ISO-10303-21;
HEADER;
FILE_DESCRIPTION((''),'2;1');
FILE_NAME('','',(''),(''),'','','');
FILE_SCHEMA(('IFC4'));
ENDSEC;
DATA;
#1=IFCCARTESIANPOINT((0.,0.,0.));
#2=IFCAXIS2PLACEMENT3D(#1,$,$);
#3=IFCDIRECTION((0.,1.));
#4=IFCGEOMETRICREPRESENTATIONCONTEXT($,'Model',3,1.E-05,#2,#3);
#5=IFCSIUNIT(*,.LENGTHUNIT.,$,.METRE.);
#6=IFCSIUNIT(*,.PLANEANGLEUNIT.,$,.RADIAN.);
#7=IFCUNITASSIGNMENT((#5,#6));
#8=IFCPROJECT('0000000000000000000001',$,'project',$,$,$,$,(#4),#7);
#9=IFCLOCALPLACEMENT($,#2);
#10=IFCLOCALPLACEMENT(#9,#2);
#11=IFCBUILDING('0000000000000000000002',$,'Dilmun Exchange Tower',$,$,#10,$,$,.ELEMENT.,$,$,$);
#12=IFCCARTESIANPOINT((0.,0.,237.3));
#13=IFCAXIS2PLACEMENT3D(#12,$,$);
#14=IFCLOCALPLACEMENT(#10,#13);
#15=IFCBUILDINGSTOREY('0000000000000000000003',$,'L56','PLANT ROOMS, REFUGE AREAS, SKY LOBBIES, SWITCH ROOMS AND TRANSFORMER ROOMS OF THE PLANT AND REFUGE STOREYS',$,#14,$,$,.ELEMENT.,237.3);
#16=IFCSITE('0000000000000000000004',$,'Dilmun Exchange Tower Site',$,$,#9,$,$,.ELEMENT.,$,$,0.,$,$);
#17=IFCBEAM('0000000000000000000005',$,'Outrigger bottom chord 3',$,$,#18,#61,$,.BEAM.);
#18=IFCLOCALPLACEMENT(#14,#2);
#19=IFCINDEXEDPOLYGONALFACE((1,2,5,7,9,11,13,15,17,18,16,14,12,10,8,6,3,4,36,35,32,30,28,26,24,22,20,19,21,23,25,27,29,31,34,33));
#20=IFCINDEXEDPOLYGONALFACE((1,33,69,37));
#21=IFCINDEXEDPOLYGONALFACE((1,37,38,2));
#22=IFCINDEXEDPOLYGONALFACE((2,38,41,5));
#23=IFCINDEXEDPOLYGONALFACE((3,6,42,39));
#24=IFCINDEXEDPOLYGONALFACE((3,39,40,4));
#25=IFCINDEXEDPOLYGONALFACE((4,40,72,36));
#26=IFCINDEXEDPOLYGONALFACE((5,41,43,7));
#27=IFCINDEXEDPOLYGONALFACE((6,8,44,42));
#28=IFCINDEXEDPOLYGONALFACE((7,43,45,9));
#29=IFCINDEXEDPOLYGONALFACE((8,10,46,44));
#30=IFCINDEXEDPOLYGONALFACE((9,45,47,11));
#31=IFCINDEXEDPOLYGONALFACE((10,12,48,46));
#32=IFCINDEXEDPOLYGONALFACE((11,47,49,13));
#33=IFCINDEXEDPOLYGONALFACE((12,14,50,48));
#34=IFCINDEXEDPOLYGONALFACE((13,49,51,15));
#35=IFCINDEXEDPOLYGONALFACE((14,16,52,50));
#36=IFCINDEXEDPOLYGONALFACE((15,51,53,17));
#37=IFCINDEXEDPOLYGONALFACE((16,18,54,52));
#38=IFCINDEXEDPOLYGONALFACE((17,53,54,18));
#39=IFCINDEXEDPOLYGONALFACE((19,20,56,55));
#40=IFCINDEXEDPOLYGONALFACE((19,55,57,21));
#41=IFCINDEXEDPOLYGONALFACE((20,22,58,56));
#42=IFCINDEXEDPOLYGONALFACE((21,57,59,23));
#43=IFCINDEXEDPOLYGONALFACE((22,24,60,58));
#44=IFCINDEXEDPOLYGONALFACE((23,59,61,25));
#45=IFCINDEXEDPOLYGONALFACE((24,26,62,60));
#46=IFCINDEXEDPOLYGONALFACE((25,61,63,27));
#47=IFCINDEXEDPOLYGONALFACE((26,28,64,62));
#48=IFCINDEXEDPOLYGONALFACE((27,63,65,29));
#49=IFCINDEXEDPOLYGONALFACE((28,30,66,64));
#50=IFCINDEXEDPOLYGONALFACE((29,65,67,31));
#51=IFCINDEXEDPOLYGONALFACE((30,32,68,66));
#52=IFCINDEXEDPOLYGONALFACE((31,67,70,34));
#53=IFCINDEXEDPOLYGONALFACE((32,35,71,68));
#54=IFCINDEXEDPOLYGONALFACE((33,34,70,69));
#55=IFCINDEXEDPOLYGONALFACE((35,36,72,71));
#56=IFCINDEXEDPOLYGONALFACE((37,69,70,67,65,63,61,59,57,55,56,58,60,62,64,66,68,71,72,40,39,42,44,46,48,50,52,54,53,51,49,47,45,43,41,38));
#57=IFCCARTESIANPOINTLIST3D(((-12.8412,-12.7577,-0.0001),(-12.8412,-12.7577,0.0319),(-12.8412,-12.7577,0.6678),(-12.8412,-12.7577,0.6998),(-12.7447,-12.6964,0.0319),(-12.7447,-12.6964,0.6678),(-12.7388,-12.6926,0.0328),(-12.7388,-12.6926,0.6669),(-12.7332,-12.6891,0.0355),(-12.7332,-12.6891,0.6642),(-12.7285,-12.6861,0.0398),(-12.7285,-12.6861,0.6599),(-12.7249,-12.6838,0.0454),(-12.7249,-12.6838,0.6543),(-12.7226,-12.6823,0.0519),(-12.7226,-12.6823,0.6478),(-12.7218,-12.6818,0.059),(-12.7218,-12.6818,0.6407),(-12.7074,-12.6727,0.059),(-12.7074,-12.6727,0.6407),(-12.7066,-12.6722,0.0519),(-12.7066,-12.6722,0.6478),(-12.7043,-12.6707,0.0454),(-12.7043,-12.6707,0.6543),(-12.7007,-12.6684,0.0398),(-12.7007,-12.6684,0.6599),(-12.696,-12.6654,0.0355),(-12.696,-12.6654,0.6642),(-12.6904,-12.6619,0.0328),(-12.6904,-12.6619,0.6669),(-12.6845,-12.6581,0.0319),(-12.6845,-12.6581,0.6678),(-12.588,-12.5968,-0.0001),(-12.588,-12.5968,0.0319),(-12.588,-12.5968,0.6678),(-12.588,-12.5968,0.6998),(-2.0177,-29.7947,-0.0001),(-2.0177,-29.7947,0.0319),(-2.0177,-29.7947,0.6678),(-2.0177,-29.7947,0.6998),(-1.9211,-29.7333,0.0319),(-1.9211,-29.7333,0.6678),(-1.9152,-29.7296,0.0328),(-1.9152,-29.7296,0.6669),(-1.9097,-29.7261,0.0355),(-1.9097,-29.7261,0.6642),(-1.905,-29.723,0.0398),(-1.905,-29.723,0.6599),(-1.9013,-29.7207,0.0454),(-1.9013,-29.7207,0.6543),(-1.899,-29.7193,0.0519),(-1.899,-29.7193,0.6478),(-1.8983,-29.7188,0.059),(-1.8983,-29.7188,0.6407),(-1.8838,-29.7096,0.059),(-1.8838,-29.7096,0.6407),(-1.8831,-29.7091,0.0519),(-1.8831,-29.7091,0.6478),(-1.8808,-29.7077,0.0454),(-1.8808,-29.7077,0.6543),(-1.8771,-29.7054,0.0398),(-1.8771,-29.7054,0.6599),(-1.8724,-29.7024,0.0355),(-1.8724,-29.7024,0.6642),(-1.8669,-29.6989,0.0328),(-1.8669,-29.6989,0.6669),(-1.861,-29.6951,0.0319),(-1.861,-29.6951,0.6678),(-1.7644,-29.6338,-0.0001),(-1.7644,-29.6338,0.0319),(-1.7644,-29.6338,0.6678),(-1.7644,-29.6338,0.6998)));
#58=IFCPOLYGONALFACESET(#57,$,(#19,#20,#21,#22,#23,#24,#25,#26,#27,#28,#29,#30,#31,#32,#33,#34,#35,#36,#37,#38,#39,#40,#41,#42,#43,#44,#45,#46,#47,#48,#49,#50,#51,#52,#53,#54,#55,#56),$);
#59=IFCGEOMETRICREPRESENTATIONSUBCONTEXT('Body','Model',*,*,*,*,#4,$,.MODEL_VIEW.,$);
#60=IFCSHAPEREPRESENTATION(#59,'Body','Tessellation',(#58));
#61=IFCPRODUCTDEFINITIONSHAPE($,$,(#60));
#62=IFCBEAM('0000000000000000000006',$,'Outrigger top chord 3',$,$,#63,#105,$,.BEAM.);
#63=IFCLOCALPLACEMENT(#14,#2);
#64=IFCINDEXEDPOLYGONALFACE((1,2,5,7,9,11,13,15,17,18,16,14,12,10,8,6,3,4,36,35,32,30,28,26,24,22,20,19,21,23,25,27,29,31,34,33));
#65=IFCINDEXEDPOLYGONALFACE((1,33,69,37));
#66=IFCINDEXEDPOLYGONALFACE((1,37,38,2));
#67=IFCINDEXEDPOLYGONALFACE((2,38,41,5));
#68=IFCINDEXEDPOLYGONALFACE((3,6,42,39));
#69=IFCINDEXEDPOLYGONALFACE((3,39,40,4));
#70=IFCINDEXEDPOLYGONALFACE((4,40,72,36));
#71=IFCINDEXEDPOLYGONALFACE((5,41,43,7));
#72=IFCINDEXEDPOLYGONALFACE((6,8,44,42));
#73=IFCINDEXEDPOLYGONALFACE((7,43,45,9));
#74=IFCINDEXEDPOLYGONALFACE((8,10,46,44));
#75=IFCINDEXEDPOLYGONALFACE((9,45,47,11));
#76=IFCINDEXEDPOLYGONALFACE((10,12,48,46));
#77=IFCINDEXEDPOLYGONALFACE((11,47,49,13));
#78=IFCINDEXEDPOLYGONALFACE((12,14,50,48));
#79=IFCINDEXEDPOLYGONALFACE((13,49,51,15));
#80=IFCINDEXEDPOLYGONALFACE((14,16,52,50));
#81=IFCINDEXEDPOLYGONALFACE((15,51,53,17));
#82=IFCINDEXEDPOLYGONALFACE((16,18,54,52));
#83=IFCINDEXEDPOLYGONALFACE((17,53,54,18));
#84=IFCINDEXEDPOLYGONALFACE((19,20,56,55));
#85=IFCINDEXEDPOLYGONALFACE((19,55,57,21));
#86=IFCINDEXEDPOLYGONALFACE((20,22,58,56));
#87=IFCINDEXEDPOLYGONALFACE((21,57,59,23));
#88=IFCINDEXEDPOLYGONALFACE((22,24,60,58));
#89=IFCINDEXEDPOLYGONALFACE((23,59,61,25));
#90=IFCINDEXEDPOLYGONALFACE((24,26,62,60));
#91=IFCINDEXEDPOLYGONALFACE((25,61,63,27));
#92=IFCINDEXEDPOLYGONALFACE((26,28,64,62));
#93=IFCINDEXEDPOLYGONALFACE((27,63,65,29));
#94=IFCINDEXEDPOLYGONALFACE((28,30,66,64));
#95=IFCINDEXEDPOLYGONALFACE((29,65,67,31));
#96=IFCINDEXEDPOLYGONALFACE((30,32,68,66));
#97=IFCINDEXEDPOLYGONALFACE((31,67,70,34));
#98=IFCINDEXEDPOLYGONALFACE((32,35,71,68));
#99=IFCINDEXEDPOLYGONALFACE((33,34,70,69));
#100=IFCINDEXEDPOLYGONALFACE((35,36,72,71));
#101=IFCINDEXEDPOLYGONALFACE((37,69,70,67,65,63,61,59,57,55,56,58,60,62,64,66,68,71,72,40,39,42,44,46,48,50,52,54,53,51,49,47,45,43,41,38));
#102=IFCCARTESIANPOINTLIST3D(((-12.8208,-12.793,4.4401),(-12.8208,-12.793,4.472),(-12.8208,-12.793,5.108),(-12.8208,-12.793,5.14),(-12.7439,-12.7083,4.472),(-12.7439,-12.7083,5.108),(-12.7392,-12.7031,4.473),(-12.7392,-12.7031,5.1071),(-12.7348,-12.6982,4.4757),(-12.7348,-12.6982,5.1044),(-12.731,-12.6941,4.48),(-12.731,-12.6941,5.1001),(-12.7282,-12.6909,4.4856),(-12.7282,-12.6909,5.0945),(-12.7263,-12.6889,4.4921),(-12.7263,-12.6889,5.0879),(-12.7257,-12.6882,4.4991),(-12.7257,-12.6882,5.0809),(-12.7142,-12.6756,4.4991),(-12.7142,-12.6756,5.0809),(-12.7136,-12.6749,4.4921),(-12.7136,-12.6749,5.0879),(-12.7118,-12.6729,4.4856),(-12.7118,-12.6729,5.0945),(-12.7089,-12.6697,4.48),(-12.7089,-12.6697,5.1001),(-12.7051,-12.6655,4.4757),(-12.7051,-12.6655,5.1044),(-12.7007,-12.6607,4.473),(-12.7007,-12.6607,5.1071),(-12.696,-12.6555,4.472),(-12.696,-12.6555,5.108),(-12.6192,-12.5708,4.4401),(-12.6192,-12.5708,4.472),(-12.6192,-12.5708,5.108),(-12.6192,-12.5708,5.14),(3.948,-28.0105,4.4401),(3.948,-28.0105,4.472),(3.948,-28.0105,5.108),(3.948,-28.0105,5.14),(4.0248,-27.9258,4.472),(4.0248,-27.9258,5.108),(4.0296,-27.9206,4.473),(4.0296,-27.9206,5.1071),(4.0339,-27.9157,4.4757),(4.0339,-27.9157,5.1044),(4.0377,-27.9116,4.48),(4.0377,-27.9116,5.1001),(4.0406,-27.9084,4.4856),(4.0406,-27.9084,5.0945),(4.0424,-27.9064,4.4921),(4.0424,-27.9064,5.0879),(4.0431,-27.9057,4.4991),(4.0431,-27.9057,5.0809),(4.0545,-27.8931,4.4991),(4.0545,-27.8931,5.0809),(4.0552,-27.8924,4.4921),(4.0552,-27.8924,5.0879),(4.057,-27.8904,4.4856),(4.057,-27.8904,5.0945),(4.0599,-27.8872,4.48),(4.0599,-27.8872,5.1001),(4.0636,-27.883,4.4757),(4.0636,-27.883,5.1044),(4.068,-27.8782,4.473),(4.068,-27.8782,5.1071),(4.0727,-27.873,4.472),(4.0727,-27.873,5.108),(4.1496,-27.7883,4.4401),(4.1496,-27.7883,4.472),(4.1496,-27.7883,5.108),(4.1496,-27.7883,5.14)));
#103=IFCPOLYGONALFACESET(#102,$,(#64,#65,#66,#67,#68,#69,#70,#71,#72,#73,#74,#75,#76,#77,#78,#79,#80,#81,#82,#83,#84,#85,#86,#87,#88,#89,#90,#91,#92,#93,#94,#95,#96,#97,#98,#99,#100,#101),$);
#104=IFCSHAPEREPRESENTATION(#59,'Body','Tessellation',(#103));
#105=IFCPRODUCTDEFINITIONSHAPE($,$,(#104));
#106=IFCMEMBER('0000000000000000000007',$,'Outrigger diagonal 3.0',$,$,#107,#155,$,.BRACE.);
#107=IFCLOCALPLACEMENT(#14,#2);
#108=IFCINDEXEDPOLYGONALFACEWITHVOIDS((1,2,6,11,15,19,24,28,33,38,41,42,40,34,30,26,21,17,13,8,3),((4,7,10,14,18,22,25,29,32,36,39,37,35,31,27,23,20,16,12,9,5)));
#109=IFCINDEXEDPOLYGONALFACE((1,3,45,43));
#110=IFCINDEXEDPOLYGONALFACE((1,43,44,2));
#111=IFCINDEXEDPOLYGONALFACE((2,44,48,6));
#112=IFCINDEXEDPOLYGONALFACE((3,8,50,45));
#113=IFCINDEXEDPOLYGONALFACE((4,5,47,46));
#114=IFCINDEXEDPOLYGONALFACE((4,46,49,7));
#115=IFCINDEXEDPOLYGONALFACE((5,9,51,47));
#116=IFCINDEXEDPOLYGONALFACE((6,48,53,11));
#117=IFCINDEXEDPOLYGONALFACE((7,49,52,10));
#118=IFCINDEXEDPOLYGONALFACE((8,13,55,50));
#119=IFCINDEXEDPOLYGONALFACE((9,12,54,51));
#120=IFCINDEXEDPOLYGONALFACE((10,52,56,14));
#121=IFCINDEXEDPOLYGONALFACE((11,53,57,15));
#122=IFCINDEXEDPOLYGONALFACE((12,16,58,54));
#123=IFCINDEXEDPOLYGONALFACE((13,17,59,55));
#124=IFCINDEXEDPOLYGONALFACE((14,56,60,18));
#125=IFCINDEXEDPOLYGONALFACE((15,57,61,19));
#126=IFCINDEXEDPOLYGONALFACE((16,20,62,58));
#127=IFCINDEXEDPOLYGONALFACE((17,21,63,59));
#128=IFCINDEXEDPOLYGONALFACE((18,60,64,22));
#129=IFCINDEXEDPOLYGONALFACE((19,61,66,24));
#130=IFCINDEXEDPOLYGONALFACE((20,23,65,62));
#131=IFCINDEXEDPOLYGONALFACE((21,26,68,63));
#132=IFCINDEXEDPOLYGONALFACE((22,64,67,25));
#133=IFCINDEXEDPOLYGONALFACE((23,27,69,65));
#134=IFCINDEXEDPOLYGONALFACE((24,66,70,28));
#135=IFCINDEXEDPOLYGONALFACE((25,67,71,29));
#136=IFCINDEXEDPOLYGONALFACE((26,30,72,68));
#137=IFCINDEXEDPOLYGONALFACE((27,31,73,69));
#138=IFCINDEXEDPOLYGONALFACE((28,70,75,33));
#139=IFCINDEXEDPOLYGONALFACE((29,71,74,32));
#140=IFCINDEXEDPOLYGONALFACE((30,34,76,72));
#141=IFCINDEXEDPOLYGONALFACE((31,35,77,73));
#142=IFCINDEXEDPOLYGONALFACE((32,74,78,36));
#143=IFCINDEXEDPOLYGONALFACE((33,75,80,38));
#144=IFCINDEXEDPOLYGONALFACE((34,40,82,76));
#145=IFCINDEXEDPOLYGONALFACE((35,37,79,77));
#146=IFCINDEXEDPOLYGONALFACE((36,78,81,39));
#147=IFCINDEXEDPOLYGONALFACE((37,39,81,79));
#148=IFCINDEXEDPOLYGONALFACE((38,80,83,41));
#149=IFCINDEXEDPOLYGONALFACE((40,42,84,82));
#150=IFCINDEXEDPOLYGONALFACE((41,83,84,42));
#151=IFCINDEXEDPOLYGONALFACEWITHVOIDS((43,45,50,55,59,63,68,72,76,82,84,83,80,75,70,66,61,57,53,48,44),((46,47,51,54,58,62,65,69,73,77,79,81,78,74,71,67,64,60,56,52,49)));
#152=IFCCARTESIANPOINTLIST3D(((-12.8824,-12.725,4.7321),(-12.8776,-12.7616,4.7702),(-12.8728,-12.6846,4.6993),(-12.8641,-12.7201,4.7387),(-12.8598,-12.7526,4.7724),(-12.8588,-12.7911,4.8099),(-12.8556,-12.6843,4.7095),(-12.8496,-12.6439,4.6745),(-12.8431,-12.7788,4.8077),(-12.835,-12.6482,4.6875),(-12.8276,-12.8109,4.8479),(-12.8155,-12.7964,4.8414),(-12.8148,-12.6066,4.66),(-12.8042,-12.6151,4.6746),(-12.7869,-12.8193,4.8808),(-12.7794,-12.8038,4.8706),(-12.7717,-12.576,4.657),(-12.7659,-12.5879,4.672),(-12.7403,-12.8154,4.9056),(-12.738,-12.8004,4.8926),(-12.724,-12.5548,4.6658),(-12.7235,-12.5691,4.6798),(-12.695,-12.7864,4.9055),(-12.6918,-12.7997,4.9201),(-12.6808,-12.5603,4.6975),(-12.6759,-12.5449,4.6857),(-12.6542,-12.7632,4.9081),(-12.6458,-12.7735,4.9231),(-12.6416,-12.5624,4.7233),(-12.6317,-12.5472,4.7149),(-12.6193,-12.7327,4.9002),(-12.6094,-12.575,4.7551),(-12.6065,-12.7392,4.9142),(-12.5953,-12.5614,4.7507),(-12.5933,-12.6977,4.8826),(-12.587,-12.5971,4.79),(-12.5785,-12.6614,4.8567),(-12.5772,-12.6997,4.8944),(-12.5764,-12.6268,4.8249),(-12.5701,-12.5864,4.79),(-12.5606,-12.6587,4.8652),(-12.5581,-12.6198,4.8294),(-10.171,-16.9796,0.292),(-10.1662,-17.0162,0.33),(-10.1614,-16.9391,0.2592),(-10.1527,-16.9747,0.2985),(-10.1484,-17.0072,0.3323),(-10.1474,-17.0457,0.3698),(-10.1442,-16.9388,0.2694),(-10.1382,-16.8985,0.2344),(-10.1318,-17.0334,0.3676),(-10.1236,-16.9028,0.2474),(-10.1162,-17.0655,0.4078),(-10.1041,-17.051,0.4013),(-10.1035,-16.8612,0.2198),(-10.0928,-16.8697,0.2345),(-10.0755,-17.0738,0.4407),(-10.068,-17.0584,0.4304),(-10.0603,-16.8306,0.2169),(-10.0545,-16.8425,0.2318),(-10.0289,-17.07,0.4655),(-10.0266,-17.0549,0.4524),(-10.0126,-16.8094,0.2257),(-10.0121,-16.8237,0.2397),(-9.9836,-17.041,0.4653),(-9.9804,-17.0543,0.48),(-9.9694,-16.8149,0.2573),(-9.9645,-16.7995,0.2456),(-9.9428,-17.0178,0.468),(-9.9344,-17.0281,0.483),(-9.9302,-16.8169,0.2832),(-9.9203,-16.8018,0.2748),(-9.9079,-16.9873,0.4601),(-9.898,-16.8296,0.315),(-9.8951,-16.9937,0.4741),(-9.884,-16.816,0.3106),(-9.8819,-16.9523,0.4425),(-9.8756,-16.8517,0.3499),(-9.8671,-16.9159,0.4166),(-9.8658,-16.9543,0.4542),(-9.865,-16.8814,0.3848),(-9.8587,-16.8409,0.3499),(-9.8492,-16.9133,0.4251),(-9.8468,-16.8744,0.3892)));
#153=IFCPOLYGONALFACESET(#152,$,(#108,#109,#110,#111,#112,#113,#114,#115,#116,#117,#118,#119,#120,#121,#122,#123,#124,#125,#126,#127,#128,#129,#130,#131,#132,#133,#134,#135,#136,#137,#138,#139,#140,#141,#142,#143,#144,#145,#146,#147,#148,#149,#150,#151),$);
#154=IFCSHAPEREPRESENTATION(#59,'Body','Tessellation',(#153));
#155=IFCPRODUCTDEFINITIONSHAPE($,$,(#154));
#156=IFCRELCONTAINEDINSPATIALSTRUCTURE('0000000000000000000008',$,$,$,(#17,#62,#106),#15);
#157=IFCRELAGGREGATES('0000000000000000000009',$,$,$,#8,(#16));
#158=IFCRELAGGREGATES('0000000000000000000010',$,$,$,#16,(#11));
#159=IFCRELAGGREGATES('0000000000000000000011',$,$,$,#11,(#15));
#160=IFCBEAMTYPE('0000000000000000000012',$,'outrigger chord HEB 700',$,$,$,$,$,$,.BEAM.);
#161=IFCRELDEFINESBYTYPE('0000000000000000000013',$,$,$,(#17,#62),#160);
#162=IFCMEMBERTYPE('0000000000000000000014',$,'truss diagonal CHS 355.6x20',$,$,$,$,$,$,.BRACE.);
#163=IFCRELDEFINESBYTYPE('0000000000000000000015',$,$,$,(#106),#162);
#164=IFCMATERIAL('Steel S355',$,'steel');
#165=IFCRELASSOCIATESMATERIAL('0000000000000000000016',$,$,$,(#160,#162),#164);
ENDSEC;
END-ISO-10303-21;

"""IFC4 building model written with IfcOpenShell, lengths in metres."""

from ifc_helpers import new_model, si_unit, direction, frame, origin, origin_2d, place, context, subcontext, project, spatial, hollow_circle, i_section, extrude, material, material_profile, profile_set, type_object, element, save


model = new_model("IFC4")

# Units and contexts
model_context = context("Model", 3, precision=1e-05, world=origin(), true_north=direction((0.0, 1.0)))
body_context = subcontext(model_context, "Body", "Model", "MODEL_VIEW")
ifc_project = project(units=[si_unit("LENGTHUNIT", "METRE"), si_unit("PLANEANGLEUNIT", "RADIAN")], contexts=[model_context])

# Site, building, storey
site_placement = place(None, origin())
site = spatial("IfcSite", under=ifc_project, at=site_placement, Name="Dilmun Exchange Tower Site", CompositionType="ELEMENT", RefElevation=0.0)
building_placement = place(site_placement, origin())
building = spatial("IfcBuilding", under=site, at=building_placement, Name="Dilmun Exchange Tower", CompositionType="ELEMENT")
storey_placement = place(building_placement, frame((0.0, 0.0, 237.3)))
storey = spatial("IfcBuildingStorey", under=building, at=storey_placement, Name="L56", Description="PLANT ROOMS, REFUGE AREAS, SKY LOBBIES, SWITCH ROOMS AND TRANSFORMER ROOMS OF THE PLANT AND REFUGE STOREYS", CompositionType="ELEMENT", Elevation=237.3)

# Beams
ifc_material_1 = material(Name="Steel S355", Category="steel")
ifc_material_profile_1 = material_profile(ifc_material_1, i_section(OverallWidth=0.3, OverallDepth=0.7, WebThickness=0.0171, FlangeThickness=0.032, FilletRadius=0.0271, at=origin_2d()), Name="HEB 700")
ifc_profile_set_1 = profile_set([ifc_material_profile_1], Name="Steel S355")
beam_type = type_object("IfcBeamType", Name="outrigger chord HEB 700", PredefinedType="BEAM", material=ifc_profile_set_1)
beam_1_placement = place(storey_placement, frame((-12.7146, -12.6772, 0.3499), z_axis=(0.536235, -0.844069, 0.0), x_axis=(0.844069, 0.536235, 0.0)))
element("IfcBeam", 1, at=beam_1_placement, inside=storey, type_object=beam_type, Name="Outrigger bottom chord 3", PredefinedType="BEAM", context=body_context, shape_type="SweptSolid", body=[
    extrude(i_section(OverallWidth=0.3, OverallDepth=0.7, WebThickness=0.0171, FlangeThickness=0.032, FilletRadius=0.0271, at=origin_2d()), origin(), (0.0, 0.0, 1.0), 20.1843),
])
beam_2_placement = place(storey_placement, frame((-12.72, -12.6819, 4.79), z_axis=(0.74053, -0.672024, 0.0), x_axis=(0.672024, 0.74053, 0.0)))
element("IfcBeam", 2, at=beam_2_placement, inside=storey, type_object=beam_type, Name="Outrigger top chord 3", PredefinedType="BEAM", context=body_context, shape_type="SweptSolid", body=[
    extrude(i_section(OverallWidth=0.3, OverallDepth=0.7, WebThickness=0.0171, FlangeThickness=0.032, FilletRadius=0.0271, at=origin_2d()), origin(), (0.0, 0.0, 1.0), 22.6443),
])

# Member
ifc_material_profile_2 = material_profile(ifc_material_1, hollow_circle(Radius=0.1777, WallThickness=0.02, at=origin_2d()), Name="CHS 355.6x20")
ifc_profile_set_2 = profile_set([ifc_material_profile_2], Name="Steel S355")
member_type = type_object("IfcMemberType", Name="truss diagonal CHS 355.6x20", PredefinedType="BRACE", material=ifc_profile_set_2)
member_placement = place(storey_placement, frame((-12.72, -12.6819, 4.79), z_axis=(0.403439, -0.633056, -0.660664), x_axis=(0.843309, 0.53743, 0.0)))
element("IfcMember", 3, at=member_placement, inside=storey, type_object=member_type, Name="Outrigger diagonal 3.0", PredefinedType="BRACE", context=body_context, shape_type="SweptSolid", body=[
    extrude(hollow_circle(Radius=0.1777, WallThickness=0.02, at=origin_2d()), origin(), (0.0, 0.0, 1.0), 6.7207),
])

save(model, "model.ifc")
